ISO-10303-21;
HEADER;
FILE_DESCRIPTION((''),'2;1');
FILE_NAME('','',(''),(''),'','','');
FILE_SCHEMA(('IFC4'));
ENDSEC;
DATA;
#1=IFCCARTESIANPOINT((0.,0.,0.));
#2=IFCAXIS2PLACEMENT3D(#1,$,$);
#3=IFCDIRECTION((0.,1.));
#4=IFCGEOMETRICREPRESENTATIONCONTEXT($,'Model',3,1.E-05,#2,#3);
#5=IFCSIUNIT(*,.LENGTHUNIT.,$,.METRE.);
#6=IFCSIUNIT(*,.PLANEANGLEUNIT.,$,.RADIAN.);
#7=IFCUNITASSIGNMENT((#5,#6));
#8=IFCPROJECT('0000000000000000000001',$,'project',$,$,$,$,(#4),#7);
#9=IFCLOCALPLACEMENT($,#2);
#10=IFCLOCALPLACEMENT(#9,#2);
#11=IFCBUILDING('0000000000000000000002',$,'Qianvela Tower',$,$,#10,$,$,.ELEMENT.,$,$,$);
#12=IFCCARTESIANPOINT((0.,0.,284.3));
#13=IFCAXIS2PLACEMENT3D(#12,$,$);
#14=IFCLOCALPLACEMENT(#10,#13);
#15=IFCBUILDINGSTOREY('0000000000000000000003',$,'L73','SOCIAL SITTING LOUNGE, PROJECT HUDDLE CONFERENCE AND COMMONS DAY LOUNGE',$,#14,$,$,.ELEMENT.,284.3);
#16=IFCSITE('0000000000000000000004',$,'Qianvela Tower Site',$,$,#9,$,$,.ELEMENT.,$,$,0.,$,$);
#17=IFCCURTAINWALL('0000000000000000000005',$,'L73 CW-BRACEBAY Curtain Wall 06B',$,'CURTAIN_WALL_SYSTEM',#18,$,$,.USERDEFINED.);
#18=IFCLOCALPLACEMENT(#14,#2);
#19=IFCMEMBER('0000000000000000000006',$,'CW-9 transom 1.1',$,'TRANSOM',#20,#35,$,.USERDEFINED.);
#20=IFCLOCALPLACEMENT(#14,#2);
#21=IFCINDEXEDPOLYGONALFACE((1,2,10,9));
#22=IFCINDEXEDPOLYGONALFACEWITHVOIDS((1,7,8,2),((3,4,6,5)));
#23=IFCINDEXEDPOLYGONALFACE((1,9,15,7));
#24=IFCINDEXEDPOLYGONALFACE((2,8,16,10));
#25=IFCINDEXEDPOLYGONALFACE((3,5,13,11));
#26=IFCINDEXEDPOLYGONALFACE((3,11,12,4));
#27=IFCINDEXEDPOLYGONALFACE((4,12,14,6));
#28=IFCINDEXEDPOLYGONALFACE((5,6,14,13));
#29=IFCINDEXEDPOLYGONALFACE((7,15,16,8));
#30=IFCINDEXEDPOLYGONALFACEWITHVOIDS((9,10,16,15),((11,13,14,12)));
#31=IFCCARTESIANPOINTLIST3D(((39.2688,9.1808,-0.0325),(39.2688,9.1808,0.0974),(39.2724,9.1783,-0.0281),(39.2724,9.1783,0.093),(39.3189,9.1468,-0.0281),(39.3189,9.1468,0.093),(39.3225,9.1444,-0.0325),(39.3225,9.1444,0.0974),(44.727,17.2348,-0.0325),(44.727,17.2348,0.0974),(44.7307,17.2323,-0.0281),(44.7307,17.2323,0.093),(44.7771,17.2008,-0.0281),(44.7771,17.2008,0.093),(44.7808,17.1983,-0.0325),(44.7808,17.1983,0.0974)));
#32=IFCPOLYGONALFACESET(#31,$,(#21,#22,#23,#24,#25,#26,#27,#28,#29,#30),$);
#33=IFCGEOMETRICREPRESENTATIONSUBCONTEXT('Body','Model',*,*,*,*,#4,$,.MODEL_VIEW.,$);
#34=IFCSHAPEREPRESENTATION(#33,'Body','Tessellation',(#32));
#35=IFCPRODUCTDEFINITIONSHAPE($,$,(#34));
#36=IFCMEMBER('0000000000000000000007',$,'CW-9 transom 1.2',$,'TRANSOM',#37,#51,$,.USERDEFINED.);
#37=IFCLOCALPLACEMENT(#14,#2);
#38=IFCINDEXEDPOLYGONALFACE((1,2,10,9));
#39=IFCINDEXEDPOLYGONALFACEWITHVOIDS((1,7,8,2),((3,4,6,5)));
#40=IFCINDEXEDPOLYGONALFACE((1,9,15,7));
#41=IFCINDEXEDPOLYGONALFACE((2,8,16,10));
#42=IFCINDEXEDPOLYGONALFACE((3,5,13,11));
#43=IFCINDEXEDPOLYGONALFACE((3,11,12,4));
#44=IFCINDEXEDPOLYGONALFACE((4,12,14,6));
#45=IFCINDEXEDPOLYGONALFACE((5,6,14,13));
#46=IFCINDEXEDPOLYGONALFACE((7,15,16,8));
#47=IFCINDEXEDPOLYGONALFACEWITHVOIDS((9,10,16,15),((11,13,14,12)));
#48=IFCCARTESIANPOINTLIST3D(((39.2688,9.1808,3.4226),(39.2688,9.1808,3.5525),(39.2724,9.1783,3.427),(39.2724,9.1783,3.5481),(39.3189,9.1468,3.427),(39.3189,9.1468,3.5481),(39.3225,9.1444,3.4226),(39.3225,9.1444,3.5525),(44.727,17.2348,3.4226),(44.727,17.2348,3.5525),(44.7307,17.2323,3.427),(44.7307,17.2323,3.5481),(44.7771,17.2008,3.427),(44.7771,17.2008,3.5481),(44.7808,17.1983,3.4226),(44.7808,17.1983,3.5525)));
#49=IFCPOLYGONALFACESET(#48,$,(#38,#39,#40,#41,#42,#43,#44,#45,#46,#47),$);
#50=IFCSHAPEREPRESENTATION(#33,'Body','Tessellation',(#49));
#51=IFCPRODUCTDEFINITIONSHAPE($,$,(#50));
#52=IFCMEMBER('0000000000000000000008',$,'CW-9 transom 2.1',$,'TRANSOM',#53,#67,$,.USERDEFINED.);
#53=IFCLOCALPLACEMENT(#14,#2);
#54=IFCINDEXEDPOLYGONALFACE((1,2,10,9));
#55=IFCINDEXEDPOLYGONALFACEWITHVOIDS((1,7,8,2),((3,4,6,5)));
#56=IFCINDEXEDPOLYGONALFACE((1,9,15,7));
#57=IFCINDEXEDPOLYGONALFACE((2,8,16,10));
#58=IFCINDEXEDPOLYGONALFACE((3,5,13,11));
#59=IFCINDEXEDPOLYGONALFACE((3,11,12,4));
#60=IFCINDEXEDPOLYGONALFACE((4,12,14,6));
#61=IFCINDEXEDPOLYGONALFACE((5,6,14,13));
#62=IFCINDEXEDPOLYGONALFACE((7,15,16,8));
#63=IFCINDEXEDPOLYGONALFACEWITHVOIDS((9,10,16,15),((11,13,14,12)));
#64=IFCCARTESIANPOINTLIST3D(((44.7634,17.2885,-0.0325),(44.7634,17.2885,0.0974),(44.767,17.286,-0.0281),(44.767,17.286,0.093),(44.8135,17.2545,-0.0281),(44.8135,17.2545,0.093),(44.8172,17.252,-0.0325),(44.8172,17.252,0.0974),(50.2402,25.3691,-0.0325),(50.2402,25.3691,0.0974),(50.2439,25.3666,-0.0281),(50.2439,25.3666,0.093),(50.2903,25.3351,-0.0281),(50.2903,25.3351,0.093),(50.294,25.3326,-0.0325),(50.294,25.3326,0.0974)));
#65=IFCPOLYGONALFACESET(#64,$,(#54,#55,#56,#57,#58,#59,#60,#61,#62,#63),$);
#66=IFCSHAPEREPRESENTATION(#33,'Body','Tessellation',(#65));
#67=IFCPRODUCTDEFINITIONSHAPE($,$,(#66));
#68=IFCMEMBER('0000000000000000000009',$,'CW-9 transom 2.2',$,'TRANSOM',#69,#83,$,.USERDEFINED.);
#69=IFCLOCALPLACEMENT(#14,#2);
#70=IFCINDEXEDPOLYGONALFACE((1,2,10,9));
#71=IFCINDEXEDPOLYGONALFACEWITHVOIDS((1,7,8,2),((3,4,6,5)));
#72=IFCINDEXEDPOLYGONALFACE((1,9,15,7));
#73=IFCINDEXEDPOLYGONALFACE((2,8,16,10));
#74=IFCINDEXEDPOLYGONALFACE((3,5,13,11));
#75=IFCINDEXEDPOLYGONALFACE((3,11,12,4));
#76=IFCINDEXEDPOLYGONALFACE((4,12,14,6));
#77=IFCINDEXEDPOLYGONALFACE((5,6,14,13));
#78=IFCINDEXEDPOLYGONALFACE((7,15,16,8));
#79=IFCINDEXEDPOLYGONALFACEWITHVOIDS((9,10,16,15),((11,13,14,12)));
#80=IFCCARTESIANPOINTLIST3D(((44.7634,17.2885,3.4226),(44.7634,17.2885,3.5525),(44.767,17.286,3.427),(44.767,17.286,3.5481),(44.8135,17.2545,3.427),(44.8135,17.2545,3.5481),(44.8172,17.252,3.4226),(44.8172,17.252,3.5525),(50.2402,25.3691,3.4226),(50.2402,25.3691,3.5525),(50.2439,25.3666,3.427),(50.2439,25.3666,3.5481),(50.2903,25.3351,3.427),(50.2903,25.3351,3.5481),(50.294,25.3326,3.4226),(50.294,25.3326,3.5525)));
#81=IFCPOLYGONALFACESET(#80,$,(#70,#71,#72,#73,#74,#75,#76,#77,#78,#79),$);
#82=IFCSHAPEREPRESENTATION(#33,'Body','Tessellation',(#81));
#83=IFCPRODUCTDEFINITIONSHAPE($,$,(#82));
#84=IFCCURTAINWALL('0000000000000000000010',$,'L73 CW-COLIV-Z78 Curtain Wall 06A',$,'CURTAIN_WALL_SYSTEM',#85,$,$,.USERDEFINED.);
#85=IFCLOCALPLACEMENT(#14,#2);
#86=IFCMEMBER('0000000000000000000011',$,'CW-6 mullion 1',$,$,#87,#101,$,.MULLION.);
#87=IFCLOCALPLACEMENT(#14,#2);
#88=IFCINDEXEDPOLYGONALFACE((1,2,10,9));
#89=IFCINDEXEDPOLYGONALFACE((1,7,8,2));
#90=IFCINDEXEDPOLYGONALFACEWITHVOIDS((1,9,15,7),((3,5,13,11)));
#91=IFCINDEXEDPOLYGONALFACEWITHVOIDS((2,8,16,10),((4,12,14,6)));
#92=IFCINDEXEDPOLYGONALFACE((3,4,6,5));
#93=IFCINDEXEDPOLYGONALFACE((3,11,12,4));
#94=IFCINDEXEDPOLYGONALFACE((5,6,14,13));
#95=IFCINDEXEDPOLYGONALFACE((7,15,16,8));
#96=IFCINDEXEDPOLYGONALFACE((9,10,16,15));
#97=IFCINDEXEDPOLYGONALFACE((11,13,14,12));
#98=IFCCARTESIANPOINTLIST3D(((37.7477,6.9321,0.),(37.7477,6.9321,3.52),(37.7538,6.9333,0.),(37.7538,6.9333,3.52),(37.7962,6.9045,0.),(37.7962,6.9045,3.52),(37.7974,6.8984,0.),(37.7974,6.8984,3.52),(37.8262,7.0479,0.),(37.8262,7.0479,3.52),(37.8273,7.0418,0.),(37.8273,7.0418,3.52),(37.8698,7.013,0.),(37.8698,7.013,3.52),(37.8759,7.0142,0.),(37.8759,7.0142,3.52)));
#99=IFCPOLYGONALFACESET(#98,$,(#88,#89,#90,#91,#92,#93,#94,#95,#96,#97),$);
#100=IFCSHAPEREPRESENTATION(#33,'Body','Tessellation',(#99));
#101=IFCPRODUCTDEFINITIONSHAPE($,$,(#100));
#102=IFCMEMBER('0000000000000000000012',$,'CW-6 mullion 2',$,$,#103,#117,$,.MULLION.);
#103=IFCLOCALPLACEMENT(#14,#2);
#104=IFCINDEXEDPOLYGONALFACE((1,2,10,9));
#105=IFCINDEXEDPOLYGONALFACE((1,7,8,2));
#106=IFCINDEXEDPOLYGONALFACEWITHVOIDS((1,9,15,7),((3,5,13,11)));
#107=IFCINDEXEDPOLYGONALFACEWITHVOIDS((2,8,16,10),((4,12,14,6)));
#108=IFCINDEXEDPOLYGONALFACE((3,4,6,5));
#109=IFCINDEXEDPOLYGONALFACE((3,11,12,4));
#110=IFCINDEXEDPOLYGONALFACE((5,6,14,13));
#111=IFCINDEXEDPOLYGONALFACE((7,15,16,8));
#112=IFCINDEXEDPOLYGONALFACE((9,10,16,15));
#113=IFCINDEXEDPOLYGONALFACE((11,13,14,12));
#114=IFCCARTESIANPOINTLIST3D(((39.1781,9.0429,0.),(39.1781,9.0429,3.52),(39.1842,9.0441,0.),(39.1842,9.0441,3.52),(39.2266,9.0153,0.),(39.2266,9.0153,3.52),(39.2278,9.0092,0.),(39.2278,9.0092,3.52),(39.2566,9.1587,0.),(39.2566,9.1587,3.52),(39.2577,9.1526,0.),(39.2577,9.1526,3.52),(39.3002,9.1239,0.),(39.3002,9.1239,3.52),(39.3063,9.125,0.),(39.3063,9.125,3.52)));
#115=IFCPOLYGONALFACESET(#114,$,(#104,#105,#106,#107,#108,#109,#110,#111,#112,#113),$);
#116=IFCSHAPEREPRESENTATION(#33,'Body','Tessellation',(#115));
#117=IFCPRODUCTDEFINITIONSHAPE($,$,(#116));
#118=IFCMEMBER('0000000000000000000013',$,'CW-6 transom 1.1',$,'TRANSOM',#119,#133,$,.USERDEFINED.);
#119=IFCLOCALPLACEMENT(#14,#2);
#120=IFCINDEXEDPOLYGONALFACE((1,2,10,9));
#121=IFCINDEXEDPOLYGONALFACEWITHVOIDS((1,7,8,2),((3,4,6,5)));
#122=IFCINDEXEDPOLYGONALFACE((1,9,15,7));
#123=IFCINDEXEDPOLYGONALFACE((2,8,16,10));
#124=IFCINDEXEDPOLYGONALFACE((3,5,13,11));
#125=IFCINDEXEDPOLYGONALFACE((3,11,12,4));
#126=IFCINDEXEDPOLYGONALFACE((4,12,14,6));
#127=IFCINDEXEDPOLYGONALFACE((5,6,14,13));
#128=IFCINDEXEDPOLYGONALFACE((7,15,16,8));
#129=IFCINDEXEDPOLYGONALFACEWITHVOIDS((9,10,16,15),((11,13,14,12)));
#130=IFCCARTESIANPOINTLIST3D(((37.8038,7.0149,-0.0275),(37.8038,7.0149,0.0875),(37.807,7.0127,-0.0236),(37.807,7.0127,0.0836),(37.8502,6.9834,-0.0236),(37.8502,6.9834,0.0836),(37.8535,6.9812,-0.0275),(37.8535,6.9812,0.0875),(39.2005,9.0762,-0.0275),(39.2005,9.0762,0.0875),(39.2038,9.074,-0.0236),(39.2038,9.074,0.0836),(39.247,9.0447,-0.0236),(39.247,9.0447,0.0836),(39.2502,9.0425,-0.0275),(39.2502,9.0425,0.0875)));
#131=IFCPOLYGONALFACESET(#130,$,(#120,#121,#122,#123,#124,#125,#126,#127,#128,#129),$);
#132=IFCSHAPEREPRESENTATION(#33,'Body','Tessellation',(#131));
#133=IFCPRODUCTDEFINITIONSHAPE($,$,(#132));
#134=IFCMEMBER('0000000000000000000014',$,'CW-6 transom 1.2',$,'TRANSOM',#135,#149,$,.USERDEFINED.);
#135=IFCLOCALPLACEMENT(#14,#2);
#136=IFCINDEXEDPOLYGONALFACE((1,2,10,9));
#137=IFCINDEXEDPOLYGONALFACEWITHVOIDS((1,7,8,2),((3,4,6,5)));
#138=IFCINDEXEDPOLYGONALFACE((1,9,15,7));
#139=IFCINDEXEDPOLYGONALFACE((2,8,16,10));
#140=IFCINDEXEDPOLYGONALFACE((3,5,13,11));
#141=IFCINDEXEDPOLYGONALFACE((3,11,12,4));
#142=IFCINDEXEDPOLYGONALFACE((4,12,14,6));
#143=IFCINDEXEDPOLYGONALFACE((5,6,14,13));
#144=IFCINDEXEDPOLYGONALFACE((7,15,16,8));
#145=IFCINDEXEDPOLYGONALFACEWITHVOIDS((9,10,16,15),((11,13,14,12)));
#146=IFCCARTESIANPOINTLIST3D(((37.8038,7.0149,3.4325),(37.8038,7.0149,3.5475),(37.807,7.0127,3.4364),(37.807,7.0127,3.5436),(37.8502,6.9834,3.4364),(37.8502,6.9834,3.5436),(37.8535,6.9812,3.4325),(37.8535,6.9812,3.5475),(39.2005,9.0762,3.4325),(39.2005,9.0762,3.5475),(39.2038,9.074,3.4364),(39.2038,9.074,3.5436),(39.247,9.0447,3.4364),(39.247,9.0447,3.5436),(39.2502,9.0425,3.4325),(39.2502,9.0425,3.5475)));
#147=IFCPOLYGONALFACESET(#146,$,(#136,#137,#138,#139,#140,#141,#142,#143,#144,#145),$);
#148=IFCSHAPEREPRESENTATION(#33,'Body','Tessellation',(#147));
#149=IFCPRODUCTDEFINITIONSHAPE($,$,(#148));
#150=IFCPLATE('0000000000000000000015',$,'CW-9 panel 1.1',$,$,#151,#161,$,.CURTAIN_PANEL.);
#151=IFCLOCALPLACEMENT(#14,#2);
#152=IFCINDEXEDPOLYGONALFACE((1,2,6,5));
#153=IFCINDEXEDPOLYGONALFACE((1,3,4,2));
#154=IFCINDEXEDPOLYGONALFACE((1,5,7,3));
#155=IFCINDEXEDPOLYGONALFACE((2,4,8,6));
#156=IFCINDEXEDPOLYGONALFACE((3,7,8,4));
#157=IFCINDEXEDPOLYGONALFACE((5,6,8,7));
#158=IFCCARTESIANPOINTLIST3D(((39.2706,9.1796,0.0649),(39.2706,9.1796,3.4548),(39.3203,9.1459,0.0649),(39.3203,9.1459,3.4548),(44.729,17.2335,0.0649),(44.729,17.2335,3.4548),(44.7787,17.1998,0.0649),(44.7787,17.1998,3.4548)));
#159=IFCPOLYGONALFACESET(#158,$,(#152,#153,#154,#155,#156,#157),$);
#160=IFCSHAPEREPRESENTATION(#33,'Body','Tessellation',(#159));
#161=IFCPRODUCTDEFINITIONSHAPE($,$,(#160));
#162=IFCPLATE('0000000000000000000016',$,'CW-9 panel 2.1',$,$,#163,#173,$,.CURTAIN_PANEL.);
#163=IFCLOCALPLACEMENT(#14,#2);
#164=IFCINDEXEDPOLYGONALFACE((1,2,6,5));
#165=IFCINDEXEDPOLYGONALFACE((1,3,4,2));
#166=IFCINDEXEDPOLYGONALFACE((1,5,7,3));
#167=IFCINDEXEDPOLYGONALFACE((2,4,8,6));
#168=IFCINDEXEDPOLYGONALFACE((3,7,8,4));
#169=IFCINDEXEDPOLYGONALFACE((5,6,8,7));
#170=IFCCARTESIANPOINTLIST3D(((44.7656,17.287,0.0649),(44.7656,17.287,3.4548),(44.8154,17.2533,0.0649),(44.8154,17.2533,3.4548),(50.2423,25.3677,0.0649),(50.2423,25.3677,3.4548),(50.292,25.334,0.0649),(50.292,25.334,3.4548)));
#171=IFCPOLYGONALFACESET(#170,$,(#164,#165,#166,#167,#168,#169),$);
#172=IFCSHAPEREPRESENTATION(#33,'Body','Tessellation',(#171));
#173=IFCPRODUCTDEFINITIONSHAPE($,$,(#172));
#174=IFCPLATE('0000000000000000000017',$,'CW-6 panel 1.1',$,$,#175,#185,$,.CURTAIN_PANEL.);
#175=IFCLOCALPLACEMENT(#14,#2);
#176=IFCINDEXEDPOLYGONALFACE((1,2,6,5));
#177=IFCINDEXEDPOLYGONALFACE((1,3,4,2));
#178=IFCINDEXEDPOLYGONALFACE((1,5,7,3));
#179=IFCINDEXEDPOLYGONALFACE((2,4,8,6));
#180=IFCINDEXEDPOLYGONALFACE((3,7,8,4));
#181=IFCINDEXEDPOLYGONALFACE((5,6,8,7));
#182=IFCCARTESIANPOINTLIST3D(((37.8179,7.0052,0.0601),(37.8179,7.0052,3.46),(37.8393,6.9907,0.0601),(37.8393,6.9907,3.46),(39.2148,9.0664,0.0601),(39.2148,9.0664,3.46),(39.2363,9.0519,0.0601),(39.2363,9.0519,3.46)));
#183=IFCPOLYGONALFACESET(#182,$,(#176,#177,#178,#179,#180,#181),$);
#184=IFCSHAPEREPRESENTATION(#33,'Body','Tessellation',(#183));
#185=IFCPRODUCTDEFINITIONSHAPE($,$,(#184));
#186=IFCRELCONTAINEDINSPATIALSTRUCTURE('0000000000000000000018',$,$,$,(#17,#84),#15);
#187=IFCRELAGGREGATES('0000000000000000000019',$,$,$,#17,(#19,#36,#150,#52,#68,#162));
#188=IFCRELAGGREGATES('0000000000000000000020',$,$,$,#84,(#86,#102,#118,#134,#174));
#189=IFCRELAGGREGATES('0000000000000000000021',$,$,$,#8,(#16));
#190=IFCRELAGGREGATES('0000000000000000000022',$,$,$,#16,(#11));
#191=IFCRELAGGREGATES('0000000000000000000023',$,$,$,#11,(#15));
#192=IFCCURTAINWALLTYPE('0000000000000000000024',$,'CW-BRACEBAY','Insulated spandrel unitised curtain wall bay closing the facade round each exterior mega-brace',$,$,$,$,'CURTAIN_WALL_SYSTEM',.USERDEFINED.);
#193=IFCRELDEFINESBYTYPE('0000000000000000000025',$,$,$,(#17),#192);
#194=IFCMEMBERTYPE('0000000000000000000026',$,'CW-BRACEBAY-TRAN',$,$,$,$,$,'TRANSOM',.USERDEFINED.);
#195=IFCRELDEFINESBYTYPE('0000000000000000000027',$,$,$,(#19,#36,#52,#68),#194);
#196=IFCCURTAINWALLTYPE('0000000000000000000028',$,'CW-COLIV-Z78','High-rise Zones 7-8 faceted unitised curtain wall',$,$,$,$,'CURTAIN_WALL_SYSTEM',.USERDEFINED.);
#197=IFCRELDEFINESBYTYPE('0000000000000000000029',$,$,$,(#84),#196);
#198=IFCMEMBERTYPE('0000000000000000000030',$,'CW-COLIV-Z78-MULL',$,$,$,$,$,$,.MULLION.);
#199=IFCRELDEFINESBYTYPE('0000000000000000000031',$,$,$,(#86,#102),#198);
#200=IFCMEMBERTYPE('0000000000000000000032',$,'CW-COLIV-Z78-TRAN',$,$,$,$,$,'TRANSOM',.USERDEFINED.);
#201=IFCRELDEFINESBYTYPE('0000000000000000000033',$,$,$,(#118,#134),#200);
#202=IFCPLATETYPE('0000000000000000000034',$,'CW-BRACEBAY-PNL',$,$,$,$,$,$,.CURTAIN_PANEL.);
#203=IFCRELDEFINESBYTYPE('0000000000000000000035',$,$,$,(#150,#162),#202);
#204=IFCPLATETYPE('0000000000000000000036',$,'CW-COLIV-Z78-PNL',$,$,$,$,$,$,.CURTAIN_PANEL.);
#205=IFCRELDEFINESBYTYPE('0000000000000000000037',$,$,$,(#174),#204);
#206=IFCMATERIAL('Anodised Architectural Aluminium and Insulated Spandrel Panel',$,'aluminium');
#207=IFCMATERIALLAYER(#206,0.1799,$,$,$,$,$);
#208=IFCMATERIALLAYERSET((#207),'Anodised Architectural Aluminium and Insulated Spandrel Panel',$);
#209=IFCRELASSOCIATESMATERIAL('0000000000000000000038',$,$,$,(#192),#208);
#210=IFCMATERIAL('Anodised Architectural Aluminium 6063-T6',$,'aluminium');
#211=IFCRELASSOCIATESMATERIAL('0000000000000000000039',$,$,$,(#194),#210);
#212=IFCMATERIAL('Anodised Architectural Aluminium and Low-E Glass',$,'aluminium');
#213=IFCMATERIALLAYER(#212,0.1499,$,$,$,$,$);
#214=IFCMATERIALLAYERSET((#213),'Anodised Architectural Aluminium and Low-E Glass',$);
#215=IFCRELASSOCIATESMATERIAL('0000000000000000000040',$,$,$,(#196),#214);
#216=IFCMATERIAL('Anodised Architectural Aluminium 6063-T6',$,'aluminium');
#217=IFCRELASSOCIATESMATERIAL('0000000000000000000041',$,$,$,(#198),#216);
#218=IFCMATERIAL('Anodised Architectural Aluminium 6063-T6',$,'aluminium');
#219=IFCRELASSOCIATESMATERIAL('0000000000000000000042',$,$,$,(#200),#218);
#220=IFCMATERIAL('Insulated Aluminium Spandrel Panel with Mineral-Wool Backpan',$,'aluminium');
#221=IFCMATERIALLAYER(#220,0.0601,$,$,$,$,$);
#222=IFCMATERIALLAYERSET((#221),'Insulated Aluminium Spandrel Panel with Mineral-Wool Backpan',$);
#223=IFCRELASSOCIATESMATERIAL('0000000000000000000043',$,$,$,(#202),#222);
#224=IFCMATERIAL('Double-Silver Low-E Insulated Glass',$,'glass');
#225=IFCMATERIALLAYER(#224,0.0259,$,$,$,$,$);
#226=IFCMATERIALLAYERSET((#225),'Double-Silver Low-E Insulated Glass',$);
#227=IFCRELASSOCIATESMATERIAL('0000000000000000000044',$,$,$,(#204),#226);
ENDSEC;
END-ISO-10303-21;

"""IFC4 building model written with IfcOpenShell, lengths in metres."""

from ifc_helpers import new_model, si_unit, direction, frame, origin, origin_2d, place, context, subcontext, project, spatial, rectangle, hollow_rectangle, extrude, material, layer, layer_set, material_profile, profile_set, type_object, element, aggregate, save


model = new_model("IFC4")

# Units and contexts
model_context = context("Model", 3, precision=1e-05, world=origin(), true_north=direction((0.0, 1.0)))
body_context = subcontext(model_context, "Body", "Model", "MODEL_VIEW")
ifc_project = project(units=[si_unit("LENGTHUNIT", "METRE"), si_unit("PLANEANGLEUNIT", "RADIAN")], contexts=[model_context])

# Site, building, storey
site_placement = place(None, origin())
site = spatial("IfcSite", under=ifc_project, at=site_placement, Name="Qianvela Tower Site", CompositionType="ELEMENT", RefElevation=0.0)
building_placement = place(site_placement, origin())
building = spatial("IfcBuilding", under=site, at=building_placement, Name="Qianvela Tower", CompositionType="ELEMENT")
storey_placement = place(building_placement, frame((0.0, 0.0, 284.3)))
storey = spatial("IfcBuildingStorey", under=building, at=storey_placement, Name="L73", Description="SOCIAL SITTING LOUNGE, PROJECT HUDDLE CONFERENCE AND COMMONS DAY LOUNGE", CompositionType="ELEMENT", Elevation=284.3)

# Curtain walls, members
ifc_material_1 = material(Name="Anodised Architectural Aluminium and Insulated Spandrel Panel", Category="aluminium")
ifc_layer_1 = layer(ifc_material_1, 0.1799)
ifc_layer_set_1 = layer_set([ifc_layer_1], Name="Anodised Architectural Aluminium and Insulated Spandrel Panel")
curtain_wall_type_1 = type_object("IfcCurtainWallType", Name="CW-BRACEBAY", Description="Insulated spandrel unitised curtain wall bay closing the facade round each exterior mega-brace", ElementType="CURTAIN_WALL_SYSTEM", PredefinedType="USERDEFINED", material=ifc_layer_set_1)
curtain_wall_1_placement = place(storey_placement, origin())
curtain_wall_1 = element("IfcCurtainWall", 1, at=curtain_wall_1_placement, inside=storey, type_object=curtain_wall_type_1, Name="L73 CW-BRACEBAY Curtain Wall 06B", ObjectType="CURTAIN_WALL_SYSTEM", PredefinedType="USERDEFINED")
ifc_material_2 = material(Name="Anodised Architectural Aluminium 6063-T6", Category="aluminium")
ifc_material_profile_1 = material_profile(ifc_material_2, hollow_rectangle(XDim=0.0649, YDim=0.1299, WallThickness=0.0044, at=origin_2d()), Name="ALU-TRAN-65x130")
ifc_profile_set_1 = profile_set([ifc_material_profile_1], Name="Anodised Architectural Aluminium 6063-T6")
member_type_1 = type_object("IfcMemberType", Name="CW-BRACEBAY-TRAN", ElementType="TRANSOM", PredefinedType="USERDEFINED", material=ifc_profile_set_1)
member_1_placement = place(storey_placement, frame((39.2957, 9.1626, 0.0325), z_axis=(0.561013, 0.827807, 0.0), x_axis=(-0.827807, 0.561013, 0.0)))
member_1 = element("IfcMember", 2, at=member_1_placement, type_object=member_type_1, Name="CW-9 transom 1.1", ObjectType="TRANSOM", PredefinedType="USERDEFINED", context=body_context, shape_type="SweptSolid", body=[
    extrude(hollow_rectangle(XDim=0.0649, YDim=0.1299, WallThickness=0.0044, at=origin_2d()), origin(), (0.0, 0.0, 1.0), 9.7292),
])
member_2_placement = place(storey_placement, frame((39.2957, 9.1626, 3.4875), z_axis=(0.561013, 0.827807, 0.0), x_axis=(-0.827807, 0.561013, 0.0)))
member_2 = element("IfcMember", 3, at=member_2_placement, type_object=member_type_1, Name="CW-9 transom 1.2", ObjectType="TRANSOM", PredefinedType="USERDEFINED", context=body_context, shape_type="SweptSolid", body=[
    extrude(hollow_rectangle(XDim=0.0649, YDim=0.1299, WallThickness=0.0044, at=origin_2d()), origin(), (0.0, 0.0, 1.0), 9.7292),
])
member_3_placement = place(storey_placement, frame((44.7903, 17.2703, 0.0325), z_axis=(0.56105, 0.827782, 0.0), x_axis=(-0.827782, 0.56105, 0.0)))
member_3 = element("IfcMember", 4, at=member_3_placement, type_object=member_type_1, Name="CW-9 transom 2.1", ObjectType="TRANSOM", PredefinedType="USERDEFINED", context=body_context, shape_type="SweptSolid", body=[
    extrude(hollow_rectangle(XDim=0.0649, YDim=0.1299, WallThickness=0.0044, at=origin_2d()), origin(), (0.0, 0.0, 1.0), 9.7617),
])
member_4_placement = place(storey_placement, frame((44.7903, 17.2703, 3.4875), z_axis=(0.56105, 0.827782, 0.0), x_axis=(-0.827782, 0.56105, 0.0)))
member_4 = element("IfcMember", 5, at=member_4_placement, type_object=member_type_1, Name="CW-9 transom 2.2", ObjectType="TRANSOM", PredefinedType="USERDEFINED", context=body_context, shape_type="SweptSolid", body=[
    extrude(hollow_rectangle(XDim=0.0649, YDim=0.1299, WallThickness=0.0044, at=origin_2d()), origin(), (0.0, 0.0, 1.0), 9.7617),
])
ifc_material_3 = material(Name="Anodised Architectural Aluminium and Low-E Glass", Category="aluminium")
ifc_layer_2 = layer(ifc_material_3, 0.1499)
ifc_layer_set_2 = layer_set([ifc_layer_2], Name="Anodised Architectural Aluminium and Low-E Glass")
curtain_wall_type_2 = type_object("IfcCurtainWallType", Name="CW-COLIV-Z78", Description="High-rise Zones 7-8 faceted unitised curtain wall", ElementType="CURTAIN_WALL_SYSTEM", PredefinedType="USERDEFINED", material=ifc_layer_set_2)
curtain_wall_2_placement = place(storey_placement, origin())
curtain_wall_2 = element("IfcCurtainWall", 6, at=curtain_wall_2_placement, inside=storey, type_object=curtain_wall_type_2, Name="L73 CW-COLIV-Z78 Curtain Wall 06A", ObjectType="CURTAIN_WALL_SYSTEM", PredefinedType="USERDEFINED")
ifc_material_4 = material(Name="Anodised Architectural Aluminium 6063-T6", Category="aluminium")
ifc_material_profile_2 = material_profile(ifc_material_4, hollow_rectangle(XDim=0.0601, YDim=0.1399, WallThickness=0.0044, at=origin_2d()), Name="ALU-MULL-60x140")
ifc_profile_set_2 = profile_set([ifc_material_profile_2], Name="Anodised Architectural Aluminium 6063-T6")
member_type_2 = type_object("IfcMemberType", Name="CW-COLIV-Z78-MULL", PredefinedType="MULLION", material=ifc_profile_set_2)
member_5_placement = place(storey_placement, frame((37.8118, 6.9731, 0.0), z_axis=(0.0, 0.0, 1.0), x_axis=(-0.827806, 0.561015, 0.0)))
member_5 = element("IfcMember", 7, at=member_5_placement, type_object=member_type_2, Name="CW-6 mullion 1", PredefinedType="MULLION", context=body_context, shape_type="SweptSolid", body=[
    extrude(hollow_rectangle(XDim=0.0601, YDim=0.1399, WallThickness=0.0044, at=origin_2d()), origin(), (0.0, 0.0, 1.0), 3.52),
])
member_6_placement = place(storey_placement, frame((39.2422, 9.084, 0.0), z_axis=(0.0, 0.0, 1.0), x_axis=(-0.827806, 0.561015, 0.0)))
member_6 = element("IfcMember", 8, at=member_6_placement, type_object=member_type_2, Name="CW-6 mullion 2", PredefinedType="MULLION", context=body_context, shape_type="SweptSolid", body=[
    extrude(hollow_rectangle(XDim=0.0601, YDim=0.1399, WallThickness=0.0044, at=origin_2d()), origin(), (0.0, 0.0, 1.0), 3.52),
])
ifc_material_5 = material(Name="Anodised Architectural Aluminium 6063-T6", Category="aluminium")
ifc_material_profile_3 = material_profile(ifc_material_5, hollow_rectangle(XDim=0.0601, YDim=0.115, WallThickness=0.0039, at=origin_2d()), Name="ALU-TRAN-60x115")
ifc_profile_set_3 = profile_set([ifc_material_profile_3], Name="Anodised Architectural Aluminium 6063-T6")
member_type_3 = type_object("IfcMemberType", Name="CW-COLIV-Z78-TRAN", ElementType="TRANSOM", PredefinedType="USERDEFINED", material=ifc_profile_set_3)
member_7_placement = place(storey_placement, frame((37.8286, 6.998, 0.03), z_axis=(0.560952, 0.827848, 0.0), x_axis=(-0.827848, 0.560952, 0.0)))
member_7 = element("IfcMember", 9, at=member_7_placement, type_object=member_type_3, Name="CW-6 transom 1.1", ObjectType="TRANSOM", PredefinedType="USERDEFINED", context=body_context, shape_type="SweptSolid", body=[
    extrude(hollow_rectangle(XDim=0.0601, YDim=0.115, WallThickness=0.0039, at=origin_2d()), origin(), (0.0, 0.0, 1.0), 2.49),
])
member_8_placement = place(storey_placement, frame((37.8286, 6.998, 3.49), z_axis=(0.560952, 0.827848, 0.0), x_axis=(-0.827848, 0.560952, 0.0)))
member_8 = element("IfcMember", 10, at=member_8_placement, type_object=member_type_3, Name="CW-6 transom 1.2", ObjectType="TRANSOM", PredefinedType="USERDEFINED", context=body_context, shape_type="SweptSolid", body=[
    extrude(hollow_rectangle(XDim=0.0601, YDim=0.115, WallThickness=0.0039, at=origin_2d()), origin(), (0.0, 0.0, 1.0), 2.49),
])

# Plates
ifc_material_6 = material(Name="Insulated Aluminium Spandrel Panel with Mineral-Wool Backpan", Category="aluminium")
ifc_layer_3 = layer(ifc_material_6, 0.0601)
ifc_layer_set_3 = layer_set([ifc_layer_3], Name="Insulated Aluminium Spandrel Panel with Mineral-Wool Backpan")
plate_type_1 = type_object("IfcPlateType", Name="CW-BRACEBAY-PNL", PredefinedType="CURTAIN_PANEL", material=ifc_layer_set_3)
plate_1_placement = place(storey_placement, frame((42.0247, 13.1897, 0.0649), z_axis=(0.0, 0.0, 1.0), x_axis=(0.561031, 0.827795, 0.0)))
plate_1 = element("IfcPlate", 11, at=plate_1_placement, type_object=plate_type_1, Name="CW-9 panel 1.1", PredefinedType="CURTAIN_PANEL", context=body_context, shape_type="SweptSolid", body=[
    extrude(rectangle(XDim=9.7292, YDim=0.0601, at=origin_2d()), origin(), (0.0, 0.0, 1.0), 3.3899),
])
plate_2_placement = place(storey_placement, frame((47.5288, 21.3105, 0.0649), z_axis=(0.0, 0.0, 1.0), x_axis=(0.561031, 0.827795, 0.0)))
plate_2 = element("IfcPlate", 12, at=plate_2_placement, type_object=plate_type_1, Name="CW-9 panel 2.1", PredefinedType="CURTAIN_PANEL", context=body_context, shape_type="SweptSolid", body=[
    extrude(rectangle(XDim=9.7617, YDim=0.0601, at=origin_2d()), origin(), (0.0, 0.0, 1.0), 3.3899),
])
aggregate(curtain_wall_1, [member_1, member_2, plate_1, member_3, member_4, plate_2])
ifc_material_7 = material(Name="Double-Silver Low-E Insulated Glass", Category="glass")
ifc_layer_4 = layer(ifc_material_7, 0.0259)
ifc_layer_set_4 = layer_set([ifc_layer_4], Name="Double-Silver Low-E Insulated Glass")
plate_type_2 = type_object("IfcPlateType", Name="CW-COLIV-Z78-PNL", PredefinedType="CURTAIN_PANEL", material=ifc_layer_set_4)
plate_3_placement = place(storey_placement, frame((38.5271, 8.0286, 0.0601), z_axis=(0.0, 0.0, 1.0), x_axis=(0.561015, 0.827806, 0.0)))
plate_3 = element("IfcPlate", 13, at=plate_3_placement, type_object=plate_type_2, Name="CW-6 panel 1.1", PredefinedType="CURTAIN_PANEL", context=body_context, shape_type="SweptSolid", body=[
    extrude(rectangle(XDim=2.49, YDim=0.0259, at=origin_2d()), origin(), (0.0, 0.0, 1.0), 3.3999),
])
aggregate(curtain_wall_2, [member_5, member_6, member_7, member_8, plate_3])

save(model, "model.ifc")
